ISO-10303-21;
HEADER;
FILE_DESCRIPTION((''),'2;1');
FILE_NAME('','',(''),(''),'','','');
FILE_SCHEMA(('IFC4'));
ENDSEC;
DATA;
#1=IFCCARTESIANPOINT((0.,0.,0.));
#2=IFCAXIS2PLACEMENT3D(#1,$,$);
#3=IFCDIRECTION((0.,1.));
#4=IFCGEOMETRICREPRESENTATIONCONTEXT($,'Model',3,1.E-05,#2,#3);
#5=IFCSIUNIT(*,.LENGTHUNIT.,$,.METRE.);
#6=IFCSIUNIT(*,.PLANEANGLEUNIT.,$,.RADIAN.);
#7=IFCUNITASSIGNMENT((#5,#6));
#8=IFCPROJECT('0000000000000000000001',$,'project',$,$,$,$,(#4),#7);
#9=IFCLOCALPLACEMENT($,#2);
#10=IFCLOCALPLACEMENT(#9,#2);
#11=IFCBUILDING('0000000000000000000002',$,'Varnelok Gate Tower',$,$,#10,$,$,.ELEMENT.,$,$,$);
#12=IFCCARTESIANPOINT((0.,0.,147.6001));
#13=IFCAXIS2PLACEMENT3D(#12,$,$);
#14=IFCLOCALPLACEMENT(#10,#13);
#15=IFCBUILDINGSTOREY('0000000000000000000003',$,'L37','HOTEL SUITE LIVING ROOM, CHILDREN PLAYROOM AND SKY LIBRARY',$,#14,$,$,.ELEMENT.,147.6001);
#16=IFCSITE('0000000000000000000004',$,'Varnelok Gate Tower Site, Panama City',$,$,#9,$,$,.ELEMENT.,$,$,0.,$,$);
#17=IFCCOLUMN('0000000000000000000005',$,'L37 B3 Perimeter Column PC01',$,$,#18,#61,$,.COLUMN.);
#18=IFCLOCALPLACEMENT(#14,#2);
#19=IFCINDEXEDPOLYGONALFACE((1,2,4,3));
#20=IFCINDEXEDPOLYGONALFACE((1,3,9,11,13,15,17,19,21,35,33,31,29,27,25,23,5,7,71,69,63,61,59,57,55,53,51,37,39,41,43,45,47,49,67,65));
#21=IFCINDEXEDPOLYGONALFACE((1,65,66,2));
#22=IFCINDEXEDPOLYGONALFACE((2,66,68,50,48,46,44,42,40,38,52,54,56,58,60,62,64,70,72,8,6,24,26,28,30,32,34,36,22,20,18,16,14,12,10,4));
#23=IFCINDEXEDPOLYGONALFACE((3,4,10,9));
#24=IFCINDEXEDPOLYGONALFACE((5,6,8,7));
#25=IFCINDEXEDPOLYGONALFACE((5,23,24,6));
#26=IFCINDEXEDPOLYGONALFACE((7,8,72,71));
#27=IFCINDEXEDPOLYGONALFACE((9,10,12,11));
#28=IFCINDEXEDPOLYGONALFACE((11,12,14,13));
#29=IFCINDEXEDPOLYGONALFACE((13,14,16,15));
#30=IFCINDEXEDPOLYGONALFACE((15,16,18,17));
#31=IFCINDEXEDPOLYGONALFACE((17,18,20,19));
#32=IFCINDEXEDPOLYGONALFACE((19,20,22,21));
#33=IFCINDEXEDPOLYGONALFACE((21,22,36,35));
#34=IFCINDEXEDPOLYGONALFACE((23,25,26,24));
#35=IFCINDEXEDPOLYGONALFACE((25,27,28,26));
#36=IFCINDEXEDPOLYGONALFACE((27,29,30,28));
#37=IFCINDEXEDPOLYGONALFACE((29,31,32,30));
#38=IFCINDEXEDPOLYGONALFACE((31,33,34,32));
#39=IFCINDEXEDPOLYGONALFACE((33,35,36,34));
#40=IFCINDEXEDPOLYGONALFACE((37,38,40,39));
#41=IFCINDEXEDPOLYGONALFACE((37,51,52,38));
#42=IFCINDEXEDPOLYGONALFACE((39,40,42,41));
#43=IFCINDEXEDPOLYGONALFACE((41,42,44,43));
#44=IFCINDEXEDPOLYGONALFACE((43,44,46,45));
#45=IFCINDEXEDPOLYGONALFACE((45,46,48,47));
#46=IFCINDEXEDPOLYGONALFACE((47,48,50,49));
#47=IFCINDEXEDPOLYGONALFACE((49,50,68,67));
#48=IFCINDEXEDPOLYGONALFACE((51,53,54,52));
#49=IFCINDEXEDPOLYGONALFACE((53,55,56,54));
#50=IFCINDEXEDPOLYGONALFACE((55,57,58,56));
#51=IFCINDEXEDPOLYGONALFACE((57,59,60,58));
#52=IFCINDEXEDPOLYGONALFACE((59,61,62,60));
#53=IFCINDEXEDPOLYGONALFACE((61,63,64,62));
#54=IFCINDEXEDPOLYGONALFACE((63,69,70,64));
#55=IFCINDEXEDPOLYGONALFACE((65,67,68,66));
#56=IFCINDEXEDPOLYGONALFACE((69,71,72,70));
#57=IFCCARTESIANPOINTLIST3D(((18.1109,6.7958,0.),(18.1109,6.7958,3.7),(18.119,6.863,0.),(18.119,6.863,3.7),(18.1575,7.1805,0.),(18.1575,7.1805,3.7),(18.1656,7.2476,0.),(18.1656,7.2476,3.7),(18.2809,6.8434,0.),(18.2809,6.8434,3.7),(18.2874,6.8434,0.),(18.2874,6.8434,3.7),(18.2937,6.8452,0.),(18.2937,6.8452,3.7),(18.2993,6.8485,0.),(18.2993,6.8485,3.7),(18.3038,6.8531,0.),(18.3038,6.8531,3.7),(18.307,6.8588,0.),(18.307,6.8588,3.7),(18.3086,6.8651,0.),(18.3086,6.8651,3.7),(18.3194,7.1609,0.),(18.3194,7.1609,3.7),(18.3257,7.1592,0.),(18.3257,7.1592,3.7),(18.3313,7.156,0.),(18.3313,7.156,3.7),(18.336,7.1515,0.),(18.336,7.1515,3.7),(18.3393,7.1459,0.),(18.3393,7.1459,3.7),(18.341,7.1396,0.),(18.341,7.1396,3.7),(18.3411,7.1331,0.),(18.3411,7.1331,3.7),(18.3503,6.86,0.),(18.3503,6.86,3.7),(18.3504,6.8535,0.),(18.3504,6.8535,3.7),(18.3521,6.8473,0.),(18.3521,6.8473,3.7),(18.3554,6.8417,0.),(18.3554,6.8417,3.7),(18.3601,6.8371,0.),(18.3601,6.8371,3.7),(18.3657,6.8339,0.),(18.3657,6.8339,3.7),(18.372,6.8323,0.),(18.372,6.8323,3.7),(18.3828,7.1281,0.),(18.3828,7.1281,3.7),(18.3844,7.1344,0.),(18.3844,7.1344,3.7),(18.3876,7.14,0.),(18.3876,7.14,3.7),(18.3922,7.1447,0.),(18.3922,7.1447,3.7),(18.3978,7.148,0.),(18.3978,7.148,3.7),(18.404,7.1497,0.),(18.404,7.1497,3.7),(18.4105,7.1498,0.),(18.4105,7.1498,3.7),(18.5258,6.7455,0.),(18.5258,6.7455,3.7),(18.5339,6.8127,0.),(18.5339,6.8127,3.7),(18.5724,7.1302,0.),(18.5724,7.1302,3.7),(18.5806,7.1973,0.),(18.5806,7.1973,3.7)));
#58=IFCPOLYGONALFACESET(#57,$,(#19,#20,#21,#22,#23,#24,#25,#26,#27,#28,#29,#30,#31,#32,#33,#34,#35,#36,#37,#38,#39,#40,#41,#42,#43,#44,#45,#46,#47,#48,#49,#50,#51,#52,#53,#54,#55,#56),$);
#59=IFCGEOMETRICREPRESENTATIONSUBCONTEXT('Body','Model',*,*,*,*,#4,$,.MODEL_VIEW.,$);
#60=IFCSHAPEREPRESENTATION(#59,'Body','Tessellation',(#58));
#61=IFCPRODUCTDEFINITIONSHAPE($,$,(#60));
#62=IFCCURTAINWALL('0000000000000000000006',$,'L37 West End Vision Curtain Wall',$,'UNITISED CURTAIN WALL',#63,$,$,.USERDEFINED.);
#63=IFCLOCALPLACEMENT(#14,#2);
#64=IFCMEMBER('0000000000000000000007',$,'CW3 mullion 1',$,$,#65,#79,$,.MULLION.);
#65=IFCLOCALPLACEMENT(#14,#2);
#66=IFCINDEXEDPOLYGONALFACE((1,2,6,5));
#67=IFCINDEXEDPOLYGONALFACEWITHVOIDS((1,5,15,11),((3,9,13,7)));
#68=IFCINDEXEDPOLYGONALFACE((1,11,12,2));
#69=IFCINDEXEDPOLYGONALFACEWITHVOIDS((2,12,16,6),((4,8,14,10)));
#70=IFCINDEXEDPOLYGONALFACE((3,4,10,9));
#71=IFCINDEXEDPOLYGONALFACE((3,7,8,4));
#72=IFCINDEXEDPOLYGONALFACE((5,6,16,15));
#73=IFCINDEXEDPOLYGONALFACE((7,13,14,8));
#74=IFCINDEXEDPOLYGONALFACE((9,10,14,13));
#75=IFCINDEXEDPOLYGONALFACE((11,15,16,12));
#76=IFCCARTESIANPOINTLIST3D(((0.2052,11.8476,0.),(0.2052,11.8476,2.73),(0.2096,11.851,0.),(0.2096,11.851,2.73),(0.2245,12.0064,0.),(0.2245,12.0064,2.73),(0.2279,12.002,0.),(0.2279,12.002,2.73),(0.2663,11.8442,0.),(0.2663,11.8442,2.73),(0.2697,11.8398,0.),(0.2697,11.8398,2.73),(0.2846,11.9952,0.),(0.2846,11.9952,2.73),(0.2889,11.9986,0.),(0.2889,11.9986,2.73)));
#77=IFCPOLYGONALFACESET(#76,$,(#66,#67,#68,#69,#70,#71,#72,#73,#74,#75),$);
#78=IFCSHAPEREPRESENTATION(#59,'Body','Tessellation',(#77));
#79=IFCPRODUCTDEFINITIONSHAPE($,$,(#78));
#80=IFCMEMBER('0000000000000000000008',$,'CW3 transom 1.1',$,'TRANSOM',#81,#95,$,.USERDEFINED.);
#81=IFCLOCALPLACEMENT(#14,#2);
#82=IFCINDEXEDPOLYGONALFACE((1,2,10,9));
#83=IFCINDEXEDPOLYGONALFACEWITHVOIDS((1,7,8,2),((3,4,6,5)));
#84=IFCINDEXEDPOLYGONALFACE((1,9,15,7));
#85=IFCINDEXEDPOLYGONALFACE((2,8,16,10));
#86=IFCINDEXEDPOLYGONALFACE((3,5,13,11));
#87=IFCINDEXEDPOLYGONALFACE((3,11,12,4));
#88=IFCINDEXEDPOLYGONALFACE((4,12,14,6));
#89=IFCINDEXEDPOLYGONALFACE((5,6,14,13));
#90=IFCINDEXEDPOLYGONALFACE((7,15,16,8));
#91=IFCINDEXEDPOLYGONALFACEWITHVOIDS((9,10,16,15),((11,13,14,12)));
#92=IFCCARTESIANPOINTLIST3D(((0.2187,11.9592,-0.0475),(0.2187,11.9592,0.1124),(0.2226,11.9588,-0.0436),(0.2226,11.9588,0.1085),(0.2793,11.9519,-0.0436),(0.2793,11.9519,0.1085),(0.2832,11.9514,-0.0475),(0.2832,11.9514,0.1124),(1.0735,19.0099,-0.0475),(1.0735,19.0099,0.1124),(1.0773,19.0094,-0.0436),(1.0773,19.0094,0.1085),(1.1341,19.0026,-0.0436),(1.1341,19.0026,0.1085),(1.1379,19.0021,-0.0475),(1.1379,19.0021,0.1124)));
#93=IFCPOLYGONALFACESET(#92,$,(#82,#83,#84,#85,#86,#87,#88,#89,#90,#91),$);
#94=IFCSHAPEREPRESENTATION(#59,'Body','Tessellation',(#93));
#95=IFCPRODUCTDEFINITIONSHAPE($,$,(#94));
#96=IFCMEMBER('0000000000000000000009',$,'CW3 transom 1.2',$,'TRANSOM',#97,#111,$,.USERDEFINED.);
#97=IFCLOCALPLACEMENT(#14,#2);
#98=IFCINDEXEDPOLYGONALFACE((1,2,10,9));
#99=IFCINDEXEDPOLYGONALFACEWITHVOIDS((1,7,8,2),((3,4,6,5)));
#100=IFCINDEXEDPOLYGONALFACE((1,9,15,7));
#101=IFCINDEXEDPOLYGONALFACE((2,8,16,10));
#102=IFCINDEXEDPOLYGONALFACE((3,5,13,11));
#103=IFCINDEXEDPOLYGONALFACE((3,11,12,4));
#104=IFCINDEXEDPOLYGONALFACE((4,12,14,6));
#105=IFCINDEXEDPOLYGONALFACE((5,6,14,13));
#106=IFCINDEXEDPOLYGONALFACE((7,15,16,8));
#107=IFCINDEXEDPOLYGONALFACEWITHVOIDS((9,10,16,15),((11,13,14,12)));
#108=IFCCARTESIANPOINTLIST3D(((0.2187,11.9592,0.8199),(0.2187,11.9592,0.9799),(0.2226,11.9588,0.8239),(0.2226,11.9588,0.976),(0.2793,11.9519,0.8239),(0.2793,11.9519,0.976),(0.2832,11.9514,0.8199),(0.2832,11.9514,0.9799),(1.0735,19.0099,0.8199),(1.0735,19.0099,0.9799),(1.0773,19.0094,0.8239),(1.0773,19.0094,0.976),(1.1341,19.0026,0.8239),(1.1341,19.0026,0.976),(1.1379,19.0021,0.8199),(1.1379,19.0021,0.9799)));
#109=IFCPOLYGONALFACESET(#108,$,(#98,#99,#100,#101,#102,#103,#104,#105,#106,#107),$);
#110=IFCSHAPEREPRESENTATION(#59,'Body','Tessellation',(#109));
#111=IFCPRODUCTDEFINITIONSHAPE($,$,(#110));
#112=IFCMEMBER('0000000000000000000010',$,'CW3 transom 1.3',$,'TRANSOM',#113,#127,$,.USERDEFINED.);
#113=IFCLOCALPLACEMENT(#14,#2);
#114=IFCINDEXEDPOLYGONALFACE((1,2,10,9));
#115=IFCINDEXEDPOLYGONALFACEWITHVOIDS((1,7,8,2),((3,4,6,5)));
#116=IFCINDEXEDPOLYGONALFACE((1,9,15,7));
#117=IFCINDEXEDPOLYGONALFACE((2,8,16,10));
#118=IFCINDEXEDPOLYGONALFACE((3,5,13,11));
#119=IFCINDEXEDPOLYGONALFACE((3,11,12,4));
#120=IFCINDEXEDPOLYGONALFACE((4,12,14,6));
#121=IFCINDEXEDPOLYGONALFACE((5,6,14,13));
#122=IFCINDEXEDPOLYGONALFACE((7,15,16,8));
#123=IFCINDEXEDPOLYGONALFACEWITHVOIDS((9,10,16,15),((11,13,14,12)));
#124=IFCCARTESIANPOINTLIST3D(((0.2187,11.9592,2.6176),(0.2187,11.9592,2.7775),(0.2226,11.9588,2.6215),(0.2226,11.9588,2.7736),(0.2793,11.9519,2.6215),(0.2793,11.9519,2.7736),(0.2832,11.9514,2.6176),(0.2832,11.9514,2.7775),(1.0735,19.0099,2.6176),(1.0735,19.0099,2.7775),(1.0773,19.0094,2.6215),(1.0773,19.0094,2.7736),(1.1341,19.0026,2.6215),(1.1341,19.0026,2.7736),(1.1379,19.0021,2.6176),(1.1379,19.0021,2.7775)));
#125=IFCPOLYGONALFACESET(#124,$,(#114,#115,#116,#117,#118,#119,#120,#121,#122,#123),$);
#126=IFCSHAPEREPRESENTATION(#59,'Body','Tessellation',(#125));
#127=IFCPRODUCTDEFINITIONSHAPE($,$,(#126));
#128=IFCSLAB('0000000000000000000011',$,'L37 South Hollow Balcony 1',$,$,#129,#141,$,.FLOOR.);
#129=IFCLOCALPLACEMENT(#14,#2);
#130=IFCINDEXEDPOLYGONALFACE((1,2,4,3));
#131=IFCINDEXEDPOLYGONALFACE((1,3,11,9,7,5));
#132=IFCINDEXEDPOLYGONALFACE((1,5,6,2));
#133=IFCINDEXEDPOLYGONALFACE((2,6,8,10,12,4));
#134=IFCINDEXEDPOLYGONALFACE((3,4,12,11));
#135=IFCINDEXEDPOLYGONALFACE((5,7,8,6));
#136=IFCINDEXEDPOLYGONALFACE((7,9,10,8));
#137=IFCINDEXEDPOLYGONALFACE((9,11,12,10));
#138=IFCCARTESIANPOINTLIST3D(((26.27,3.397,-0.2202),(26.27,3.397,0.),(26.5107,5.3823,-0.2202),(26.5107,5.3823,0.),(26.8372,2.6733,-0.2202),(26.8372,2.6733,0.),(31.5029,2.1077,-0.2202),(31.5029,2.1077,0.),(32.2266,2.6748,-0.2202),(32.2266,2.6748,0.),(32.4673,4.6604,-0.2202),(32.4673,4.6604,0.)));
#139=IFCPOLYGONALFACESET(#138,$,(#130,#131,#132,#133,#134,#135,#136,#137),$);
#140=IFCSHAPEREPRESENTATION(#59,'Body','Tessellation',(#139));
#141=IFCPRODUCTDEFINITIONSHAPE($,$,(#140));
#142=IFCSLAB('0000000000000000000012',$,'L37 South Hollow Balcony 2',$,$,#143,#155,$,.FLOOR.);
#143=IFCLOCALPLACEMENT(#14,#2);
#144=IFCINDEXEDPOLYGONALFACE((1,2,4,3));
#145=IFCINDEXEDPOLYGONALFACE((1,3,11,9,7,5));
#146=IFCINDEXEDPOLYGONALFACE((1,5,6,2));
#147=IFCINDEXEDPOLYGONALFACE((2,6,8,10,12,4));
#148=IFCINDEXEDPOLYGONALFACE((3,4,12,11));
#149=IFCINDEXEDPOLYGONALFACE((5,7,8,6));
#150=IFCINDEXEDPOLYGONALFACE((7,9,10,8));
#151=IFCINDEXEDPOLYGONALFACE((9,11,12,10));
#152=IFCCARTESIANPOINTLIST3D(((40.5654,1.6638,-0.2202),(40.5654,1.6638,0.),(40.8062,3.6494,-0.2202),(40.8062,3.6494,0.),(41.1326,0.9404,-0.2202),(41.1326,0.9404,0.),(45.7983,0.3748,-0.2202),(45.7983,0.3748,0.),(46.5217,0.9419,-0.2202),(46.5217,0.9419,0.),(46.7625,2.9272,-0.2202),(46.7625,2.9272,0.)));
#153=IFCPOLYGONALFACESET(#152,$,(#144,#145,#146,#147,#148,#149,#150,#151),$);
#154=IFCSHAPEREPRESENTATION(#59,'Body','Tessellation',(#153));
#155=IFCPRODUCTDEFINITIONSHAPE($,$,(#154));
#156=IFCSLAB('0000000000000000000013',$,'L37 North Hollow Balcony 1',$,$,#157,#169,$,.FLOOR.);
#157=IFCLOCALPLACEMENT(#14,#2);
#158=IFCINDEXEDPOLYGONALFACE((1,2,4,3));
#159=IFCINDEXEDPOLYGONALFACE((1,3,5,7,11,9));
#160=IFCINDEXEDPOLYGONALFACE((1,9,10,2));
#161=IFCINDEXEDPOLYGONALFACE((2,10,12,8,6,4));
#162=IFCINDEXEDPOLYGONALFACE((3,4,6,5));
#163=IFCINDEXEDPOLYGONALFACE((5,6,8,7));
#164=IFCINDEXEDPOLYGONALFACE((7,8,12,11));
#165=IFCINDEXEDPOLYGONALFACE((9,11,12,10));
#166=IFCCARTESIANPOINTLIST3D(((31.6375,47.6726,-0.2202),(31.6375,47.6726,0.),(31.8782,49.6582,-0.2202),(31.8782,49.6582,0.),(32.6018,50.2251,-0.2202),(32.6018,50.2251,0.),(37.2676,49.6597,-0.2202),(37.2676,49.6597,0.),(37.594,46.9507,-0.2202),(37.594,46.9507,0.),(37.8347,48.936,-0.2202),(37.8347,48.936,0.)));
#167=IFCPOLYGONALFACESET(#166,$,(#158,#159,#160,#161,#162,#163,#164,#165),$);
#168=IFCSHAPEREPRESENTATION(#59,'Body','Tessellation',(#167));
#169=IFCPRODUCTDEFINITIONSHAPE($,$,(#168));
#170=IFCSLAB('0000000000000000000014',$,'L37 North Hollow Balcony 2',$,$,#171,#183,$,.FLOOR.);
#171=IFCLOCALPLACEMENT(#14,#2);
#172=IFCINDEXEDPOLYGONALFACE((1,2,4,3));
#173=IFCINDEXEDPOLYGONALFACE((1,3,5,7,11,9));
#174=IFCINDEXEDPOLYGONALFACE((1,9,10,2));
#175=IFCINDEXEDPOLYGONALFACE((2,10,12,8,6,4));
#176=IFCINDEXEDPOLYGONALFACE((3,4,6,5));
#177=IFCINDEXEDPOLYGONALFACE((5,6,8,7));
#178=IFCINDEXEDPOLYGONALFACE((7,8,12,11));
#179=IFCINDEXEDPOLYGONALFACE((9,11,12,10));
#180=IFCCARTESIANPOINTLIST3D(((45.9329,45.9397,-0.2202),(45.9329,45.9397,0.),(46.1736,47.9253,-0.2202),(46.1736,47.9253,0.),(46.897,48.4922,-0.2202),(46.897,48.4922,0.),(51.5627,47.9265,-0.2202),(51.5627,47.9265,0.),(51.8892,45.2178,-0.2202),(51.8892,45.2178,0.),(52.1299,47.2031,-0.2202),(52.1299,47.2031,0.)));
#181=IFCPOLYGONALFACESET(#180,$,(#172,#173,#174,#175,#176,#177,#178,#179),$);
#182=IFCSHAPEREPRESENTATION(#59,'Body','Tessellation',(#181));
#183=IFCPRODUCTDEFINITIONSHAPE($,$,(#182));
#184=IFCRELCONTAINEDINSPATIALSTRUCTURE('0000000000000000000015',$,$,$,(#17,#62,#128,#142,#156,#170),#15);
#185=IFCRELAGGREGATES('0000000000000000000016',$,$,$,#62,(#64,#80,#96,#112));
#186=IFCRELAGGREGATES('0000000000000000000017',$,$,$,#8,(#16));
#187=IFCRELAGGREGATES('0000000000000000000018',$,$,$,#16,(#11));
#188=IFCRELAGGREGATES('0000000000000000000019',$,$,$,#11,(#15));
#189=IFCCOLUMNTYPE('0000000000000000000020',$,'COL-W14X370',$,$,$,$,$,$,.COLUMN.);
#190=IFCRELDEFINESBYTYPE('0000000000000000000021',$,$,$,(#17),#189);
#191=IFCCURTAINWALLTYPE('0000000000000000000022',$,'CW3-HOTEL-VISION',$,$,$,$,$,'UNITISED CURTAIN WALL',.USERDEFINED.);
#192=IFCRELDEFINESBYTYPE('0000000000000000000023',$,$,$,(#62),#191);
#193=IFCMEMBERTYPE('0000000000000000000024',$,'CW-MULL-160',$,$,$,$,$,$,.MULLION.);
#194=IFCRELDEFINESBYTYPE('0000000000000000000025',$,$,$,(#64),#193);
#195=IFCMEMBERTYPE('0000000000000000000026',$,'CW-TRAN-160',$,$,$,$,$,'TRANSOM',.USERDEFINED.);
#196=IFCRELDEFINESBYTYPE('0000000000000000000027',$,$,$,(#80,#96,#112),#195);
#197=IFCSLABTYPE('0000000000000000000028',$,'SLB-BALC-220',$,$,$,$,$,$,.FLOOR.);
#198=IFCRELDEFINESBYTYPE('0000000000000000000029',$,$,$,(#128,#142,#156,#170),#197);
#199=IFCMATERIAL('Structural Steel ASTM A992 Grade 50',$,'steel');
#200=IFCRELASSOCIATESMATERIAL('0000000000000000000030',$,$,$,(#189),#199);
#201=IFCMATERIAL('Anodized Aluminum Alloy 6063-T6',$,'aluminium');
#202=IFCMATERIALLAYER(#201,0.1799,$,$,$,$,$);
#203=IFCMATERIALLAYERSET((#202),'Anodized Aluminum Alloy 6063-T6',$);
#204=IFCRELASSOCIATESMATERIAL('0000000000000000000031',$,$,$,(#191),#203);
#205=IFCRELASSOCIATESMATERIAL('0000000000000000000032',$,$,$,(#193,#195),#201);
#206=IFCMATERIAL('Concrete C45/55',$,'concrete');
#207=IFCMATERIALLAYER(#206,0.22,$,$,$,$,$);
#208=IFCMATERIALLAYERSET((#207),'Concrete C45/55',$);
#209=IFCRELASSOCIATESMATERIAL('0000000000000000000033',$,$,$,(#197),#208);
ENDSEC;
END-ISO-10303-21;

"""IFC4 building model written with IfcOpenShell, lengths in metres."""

from ifc_helpers import new_model, si_unit, direction, frame, origin, origin_2d, place, context, subcontext, project, spatial, polyline, hollow_rectangle, i_section, outline, extrude, material, layer, layer_set, material_profile, profile_set, type_object, element, aggregate, save


model = new_model("IFC4")

# Units and contexts
model_context = context("Model", 3, precision=1e-05, world=origin(), true_north=direction((0.0, 1.0)))
body_context = subcontext(model_context, "Body", "Model", "MODEL_VIEW")
ifc_project = project(units=[si_unit("LENGTHUNIT", "METRE"), si_unit("PLANEANGLEUNIT", "RADIAN")], contexts=[model_context])

# Site, building, storey
site_placement = place(None, origin())
site = spatial("IfcSite", under=ifc_project, at=site_placement, Name="Varnelok Gate Tower Site, Panama City", CompositionType="ELEMENT", RefElevation=0.0)
building_placement = place(site_placement, origin())
building = spatial("IfcBuilding", under=site, at=building_placement, Name="Varnelok Gate Tower", CompositionType="ELEMENT")
storey_placement = place(building_placement, frame((0.0, 0.0, 147.6001)))
storey = spatial("IfcBuildingStorey", under=building, at=storey_placement, Name="L37", Description="HOTEL SUITE LIVING ROOM, CHILDREN PLAYROOM AND SKY LIBRARY", CompositionType="ELEMENT", Elevation=147.6001)

# Column
ifc_material_1 = material(Name="Structural Steel ASTM A992 Grade 50", Category="steel")
ifc_material_profile_1 = material_profile(ifc_material_1, i_section(OverallWidth=0.418, OverallDepth=0.4551, WebThickness=0.042, FlangeThickness=0.0676, FilletRadius=0.0249, at=origin_2d()), Name="W14X370")
ifc_profile_set_1 = profile_set([ifc_material_profile_1], Name="Structural Steel ASTM A992 Grade 50")
column_type = type_object("IfcColumnType", Name="COL-W14X370", PredefinedType="COLUMN", material=ifc_profile_set_1)
column_placement = place(storey_placement, frame((18.3457, 6.9966, 0.0), z_axis=(0.0, 0.0, 1.0), x_axis=(0.992732, -0.120345, 0.0)))
element("IfcColumn", 1, at=column_placement, inside=storey, type_object=column_type, Name="L37 B3 Perimeter Column PC01", PredefinedType="COLUMN", context=body_context, shape_type="SweptSolid", body=[
    extrude(i_section(OverallWidth=0.418, OverallDepth=0.4551, WebThickness=0.042, FlangeThickness=0.0676, FilletRadius=0.0249, at=origin_2d()), origin(), (0.0, 0.0, 1.0), 3.7),
])

# Curtain wall, members
ifc_material_2 = material(Name="Anodized Aluminum Alloy 6063-T6", Category="aluminium")
ifc_layer_1 = layer(ifc_material_2, 0.1799)
ifc_layer_set_1 = layer_set([ifc_layer_1], Name="Anodized Aluminum Alloy 6063-T6")
curtain_wall_type = type_object("IfcCurtainWallType", Name="CW3-HOTEL-VISION", ElementType="UNITISED CURTAIN WALL", PredefinedType="USERDEFINED", material=ifc_layer_set_1)
curtain_wall_placement = place(storey_placement, origin())
curtain_wall = element("IfcCurtainWall", 2, at=curtain_wall_placement, inside=storey, type_object=curtain_wall_type, Name="L37 West End Vision Curtain Wall", ObjectType="UNITISED CURTAIN WALL", PredefinedType="USERDEFINED")
ifc_material_profile_2 = material_profile(ifc_material_2, hollow_rectangle(XDim=0.0649, YDim=0.1599, WallThickness=0.0039, at=origin_2d()), Name="ALU160X65X4")
ifc_profile_set_2 = profile_set([ifc_material_profile_2], Name="Anodized Aluminum Alloy 6063-T6")
member_type_1 = type_object("IfcMemberType", Name="CW-MULL-160", PredefinedType="MULLION", material=ifc_profile_set_2)
member_1_placement = place(storey_placement, frame((0.2471, 11.9231, 0.0), z_axis=(0.0, 0.0, 1.0), x_axis=(-0.992732, 0.120347, 0.0)))
member_1 = element("IfcMember", 3, at=member_1_placement, type_object=member_type_1, Name="CW3 mullion 1", PredefinedType="MULLION", context=body_context, shape_type="SweptSolid", body=[
    extrude(hollow_rectangle(XDim=0.0649, YDim=0.1599, WallThickness=0.0039, at=origin_2d()), origin(), (0.0, 0.0, 1.0), 2.73),
])
ifc_material_profile_3 = material_profile(ifc_material_2, hollow_rectangle(XDim=0.0649, YDim=0.1599, WallThickness=0.0039, at=origin_2d()), Name="ALU160X65X4")
ifc_profile_set_3 = profile_set([ifc_material_profile_3], Name="Anodized Aluminum Alloy 6063-T6")
member_type_2 = type_object("IfcMemberType", Name="CW-TRAN-160", ElementType="TRANSOM", PredefinedType="USERDEFINED", material=ifc_profile_set_3)
member_2_placement = place(storey_placement, frame((0.251, 11.9553, 0.0325), z_axis=(0.120345, 0.992732, 0.0), x_axis=(-0.992732, 0.120345, 0.0)))
member_2 = element("IfcMember", 4, at=member_2_placement, type_object=member_type_2, Name="CW3 transom 1.1", ObjectType="TRANSOM", PredefinedType="USERDEFINED", context=body_context, shape_type="SweptSolid", body=[
    extrude(hollow_rectangle(XDim=0.0649, YDim=0.1599, WallThickness=0.0039, at=origin_2d()), origin(), (0.0, 0.0, 1.0), 7.1023),
])
member_3_placement = place(storey_placement, frame((0.251, 11.9553, 0.8999), z_axis=(0.120345, 0.992732, 0.0), x_axis=(-0.992732, 0.120345, 0.0)))
member_3 = element("IfcMember", 5, at=member_3_placement, type_object=member_type_2, Name="CW3 transom 1.2", ObjectType="TRANSOM", PredefinedType="USERDEFINED", context=body_context, shape_type="SweptSolid", body=[
    extrude(hollow_rectangle(XDim=0.0649, YDim=0.1599, WallThickness=0.0039, at=origin_2d()), origin(), (0.0, 0.0, 1.0), 7.1023),
])
member_4_placement = place(storey_placement, frame((0.251, 11.9553, 2.6975), z_axis=(0.120345, 0.992732, 0.0), x_axis=(-0.992732, 0.120345, 0.0)))
member_4 = element("IfcMember", 6, at=member_4_placement, type_object=member_type_2, Name="CW3 transom 1.3", ObjectType="TRANSOM", PredefinedType="USERDEFINED", context=body_context, shape_type="SweptSolid", body=[
    extrude(hollow_rectangle(XDim=0.0649, YDim=0.1599, WallThickness=0.0039, at=origin_2d()), origin(), (0.0, 0.0, 1.0), 7.1023),
])
aggregate(curtain_wall, [member_1, member_2, member_3, member_4])

# Slabs
ifc_material_3 = material(Name="Concrete C45/55", Category="concrete")
ifc_layer_2 = layer(ifc_material_3, 0.22)
ifc_layer_set_2 = layer_set([ifc_layer_2], Name="Concrete C45/55")
slab_type_1 = type_object("IfcSlabType", Name="SLB-BALC-220", PredefinedType="FLOOR", material=ifc_layer_set_2)
slab_1_placement = place(storey_placement, frame((0.0, 0.0, -0.2202)))
element("IfcSlab", 7, at=slab_1_placement, inside=storey, type_object=slab_type_1, Name="L37 South Hollow Balcony 1", PredefinedType="FLOOR", context=body_context, shape_type="SweptSolid", body=[
    extrude(outline(polyline([(26.27, 3.397), (26.8372, 2.6733), (31.5029, 2.1077), (32.2266, 2.6748), (32.4673, 4.6604), (26.5107, 5.3823), (26.27, 3.397)])), origin(), (0.0, 0.0, 1.0), 0.2202),
])
slab_2_placement = place(storey_placement, frame((0.0, 0.0, -0.2202)))
element("IfcSlab", 8, at=slab_2_placement, inside=storey, type_object=slab_type_1, Name="L37 South Hollow Balcony 2", PredefinedType="FLOOR", context=body_context, shape_type="SweptSolid", body=[
    extrude(outline(polyline([(40.5654, 1.6638), (41.1326, 0.9404), (45.7983, 0.3748), (46.5217, 0.9419), (46.7625, 2.9272), (40.8062, 3.6494), (40.5654, 1.6638)])), origin(), (0.0, 0.0, 1.0), 0.2202),
])
slab_3_placement = place(storey_placement, frame((0.0, 0.0, -0.2202)))
element("IfcSlab", 9, at=slab_3_placement, inside=storey, type_object=slab_type_1, Name="L37 North Hollow Balcony 1", PredefinedType="FLOOR", context=body_context, shape_type="SweptSolid", body=[
    extrude(outline(polyline([(31.6375, 47.6726), (37.594, 46.9507), (37.8347, 48.936), (37.2676, 49.6597), (32.6018, 50.2251), (31.8782, 49.6582), (31.6375, 47.6726)])), origin(), (0.0, 0.0, 1.0), 0.2202),
])
slab_4_placement = place(storey_placement, frame((0.0, 0.0, -0.2202)))
element("IfcSlab", 10, at=slab_4_placement, inside=storey, type_object=slab_type_1, Name="L37 North Hollow Balcony 2", PredefinedType="FLOOR", context=body_context, shape_type="SweptSolid", body=[
    extrude(outline(polyline([(45.9329, 45.9397), (51.8892, 45.2178), (52.1299, 47.2031), (51.5627, 47.9265), (46.897, 48.4922), (46.1736, 47.9253), (45.9329, 45.9397)])), origin(), (0.0, 0.0, 1.0), 0.2202),
])

save(model, "model.ifc")
